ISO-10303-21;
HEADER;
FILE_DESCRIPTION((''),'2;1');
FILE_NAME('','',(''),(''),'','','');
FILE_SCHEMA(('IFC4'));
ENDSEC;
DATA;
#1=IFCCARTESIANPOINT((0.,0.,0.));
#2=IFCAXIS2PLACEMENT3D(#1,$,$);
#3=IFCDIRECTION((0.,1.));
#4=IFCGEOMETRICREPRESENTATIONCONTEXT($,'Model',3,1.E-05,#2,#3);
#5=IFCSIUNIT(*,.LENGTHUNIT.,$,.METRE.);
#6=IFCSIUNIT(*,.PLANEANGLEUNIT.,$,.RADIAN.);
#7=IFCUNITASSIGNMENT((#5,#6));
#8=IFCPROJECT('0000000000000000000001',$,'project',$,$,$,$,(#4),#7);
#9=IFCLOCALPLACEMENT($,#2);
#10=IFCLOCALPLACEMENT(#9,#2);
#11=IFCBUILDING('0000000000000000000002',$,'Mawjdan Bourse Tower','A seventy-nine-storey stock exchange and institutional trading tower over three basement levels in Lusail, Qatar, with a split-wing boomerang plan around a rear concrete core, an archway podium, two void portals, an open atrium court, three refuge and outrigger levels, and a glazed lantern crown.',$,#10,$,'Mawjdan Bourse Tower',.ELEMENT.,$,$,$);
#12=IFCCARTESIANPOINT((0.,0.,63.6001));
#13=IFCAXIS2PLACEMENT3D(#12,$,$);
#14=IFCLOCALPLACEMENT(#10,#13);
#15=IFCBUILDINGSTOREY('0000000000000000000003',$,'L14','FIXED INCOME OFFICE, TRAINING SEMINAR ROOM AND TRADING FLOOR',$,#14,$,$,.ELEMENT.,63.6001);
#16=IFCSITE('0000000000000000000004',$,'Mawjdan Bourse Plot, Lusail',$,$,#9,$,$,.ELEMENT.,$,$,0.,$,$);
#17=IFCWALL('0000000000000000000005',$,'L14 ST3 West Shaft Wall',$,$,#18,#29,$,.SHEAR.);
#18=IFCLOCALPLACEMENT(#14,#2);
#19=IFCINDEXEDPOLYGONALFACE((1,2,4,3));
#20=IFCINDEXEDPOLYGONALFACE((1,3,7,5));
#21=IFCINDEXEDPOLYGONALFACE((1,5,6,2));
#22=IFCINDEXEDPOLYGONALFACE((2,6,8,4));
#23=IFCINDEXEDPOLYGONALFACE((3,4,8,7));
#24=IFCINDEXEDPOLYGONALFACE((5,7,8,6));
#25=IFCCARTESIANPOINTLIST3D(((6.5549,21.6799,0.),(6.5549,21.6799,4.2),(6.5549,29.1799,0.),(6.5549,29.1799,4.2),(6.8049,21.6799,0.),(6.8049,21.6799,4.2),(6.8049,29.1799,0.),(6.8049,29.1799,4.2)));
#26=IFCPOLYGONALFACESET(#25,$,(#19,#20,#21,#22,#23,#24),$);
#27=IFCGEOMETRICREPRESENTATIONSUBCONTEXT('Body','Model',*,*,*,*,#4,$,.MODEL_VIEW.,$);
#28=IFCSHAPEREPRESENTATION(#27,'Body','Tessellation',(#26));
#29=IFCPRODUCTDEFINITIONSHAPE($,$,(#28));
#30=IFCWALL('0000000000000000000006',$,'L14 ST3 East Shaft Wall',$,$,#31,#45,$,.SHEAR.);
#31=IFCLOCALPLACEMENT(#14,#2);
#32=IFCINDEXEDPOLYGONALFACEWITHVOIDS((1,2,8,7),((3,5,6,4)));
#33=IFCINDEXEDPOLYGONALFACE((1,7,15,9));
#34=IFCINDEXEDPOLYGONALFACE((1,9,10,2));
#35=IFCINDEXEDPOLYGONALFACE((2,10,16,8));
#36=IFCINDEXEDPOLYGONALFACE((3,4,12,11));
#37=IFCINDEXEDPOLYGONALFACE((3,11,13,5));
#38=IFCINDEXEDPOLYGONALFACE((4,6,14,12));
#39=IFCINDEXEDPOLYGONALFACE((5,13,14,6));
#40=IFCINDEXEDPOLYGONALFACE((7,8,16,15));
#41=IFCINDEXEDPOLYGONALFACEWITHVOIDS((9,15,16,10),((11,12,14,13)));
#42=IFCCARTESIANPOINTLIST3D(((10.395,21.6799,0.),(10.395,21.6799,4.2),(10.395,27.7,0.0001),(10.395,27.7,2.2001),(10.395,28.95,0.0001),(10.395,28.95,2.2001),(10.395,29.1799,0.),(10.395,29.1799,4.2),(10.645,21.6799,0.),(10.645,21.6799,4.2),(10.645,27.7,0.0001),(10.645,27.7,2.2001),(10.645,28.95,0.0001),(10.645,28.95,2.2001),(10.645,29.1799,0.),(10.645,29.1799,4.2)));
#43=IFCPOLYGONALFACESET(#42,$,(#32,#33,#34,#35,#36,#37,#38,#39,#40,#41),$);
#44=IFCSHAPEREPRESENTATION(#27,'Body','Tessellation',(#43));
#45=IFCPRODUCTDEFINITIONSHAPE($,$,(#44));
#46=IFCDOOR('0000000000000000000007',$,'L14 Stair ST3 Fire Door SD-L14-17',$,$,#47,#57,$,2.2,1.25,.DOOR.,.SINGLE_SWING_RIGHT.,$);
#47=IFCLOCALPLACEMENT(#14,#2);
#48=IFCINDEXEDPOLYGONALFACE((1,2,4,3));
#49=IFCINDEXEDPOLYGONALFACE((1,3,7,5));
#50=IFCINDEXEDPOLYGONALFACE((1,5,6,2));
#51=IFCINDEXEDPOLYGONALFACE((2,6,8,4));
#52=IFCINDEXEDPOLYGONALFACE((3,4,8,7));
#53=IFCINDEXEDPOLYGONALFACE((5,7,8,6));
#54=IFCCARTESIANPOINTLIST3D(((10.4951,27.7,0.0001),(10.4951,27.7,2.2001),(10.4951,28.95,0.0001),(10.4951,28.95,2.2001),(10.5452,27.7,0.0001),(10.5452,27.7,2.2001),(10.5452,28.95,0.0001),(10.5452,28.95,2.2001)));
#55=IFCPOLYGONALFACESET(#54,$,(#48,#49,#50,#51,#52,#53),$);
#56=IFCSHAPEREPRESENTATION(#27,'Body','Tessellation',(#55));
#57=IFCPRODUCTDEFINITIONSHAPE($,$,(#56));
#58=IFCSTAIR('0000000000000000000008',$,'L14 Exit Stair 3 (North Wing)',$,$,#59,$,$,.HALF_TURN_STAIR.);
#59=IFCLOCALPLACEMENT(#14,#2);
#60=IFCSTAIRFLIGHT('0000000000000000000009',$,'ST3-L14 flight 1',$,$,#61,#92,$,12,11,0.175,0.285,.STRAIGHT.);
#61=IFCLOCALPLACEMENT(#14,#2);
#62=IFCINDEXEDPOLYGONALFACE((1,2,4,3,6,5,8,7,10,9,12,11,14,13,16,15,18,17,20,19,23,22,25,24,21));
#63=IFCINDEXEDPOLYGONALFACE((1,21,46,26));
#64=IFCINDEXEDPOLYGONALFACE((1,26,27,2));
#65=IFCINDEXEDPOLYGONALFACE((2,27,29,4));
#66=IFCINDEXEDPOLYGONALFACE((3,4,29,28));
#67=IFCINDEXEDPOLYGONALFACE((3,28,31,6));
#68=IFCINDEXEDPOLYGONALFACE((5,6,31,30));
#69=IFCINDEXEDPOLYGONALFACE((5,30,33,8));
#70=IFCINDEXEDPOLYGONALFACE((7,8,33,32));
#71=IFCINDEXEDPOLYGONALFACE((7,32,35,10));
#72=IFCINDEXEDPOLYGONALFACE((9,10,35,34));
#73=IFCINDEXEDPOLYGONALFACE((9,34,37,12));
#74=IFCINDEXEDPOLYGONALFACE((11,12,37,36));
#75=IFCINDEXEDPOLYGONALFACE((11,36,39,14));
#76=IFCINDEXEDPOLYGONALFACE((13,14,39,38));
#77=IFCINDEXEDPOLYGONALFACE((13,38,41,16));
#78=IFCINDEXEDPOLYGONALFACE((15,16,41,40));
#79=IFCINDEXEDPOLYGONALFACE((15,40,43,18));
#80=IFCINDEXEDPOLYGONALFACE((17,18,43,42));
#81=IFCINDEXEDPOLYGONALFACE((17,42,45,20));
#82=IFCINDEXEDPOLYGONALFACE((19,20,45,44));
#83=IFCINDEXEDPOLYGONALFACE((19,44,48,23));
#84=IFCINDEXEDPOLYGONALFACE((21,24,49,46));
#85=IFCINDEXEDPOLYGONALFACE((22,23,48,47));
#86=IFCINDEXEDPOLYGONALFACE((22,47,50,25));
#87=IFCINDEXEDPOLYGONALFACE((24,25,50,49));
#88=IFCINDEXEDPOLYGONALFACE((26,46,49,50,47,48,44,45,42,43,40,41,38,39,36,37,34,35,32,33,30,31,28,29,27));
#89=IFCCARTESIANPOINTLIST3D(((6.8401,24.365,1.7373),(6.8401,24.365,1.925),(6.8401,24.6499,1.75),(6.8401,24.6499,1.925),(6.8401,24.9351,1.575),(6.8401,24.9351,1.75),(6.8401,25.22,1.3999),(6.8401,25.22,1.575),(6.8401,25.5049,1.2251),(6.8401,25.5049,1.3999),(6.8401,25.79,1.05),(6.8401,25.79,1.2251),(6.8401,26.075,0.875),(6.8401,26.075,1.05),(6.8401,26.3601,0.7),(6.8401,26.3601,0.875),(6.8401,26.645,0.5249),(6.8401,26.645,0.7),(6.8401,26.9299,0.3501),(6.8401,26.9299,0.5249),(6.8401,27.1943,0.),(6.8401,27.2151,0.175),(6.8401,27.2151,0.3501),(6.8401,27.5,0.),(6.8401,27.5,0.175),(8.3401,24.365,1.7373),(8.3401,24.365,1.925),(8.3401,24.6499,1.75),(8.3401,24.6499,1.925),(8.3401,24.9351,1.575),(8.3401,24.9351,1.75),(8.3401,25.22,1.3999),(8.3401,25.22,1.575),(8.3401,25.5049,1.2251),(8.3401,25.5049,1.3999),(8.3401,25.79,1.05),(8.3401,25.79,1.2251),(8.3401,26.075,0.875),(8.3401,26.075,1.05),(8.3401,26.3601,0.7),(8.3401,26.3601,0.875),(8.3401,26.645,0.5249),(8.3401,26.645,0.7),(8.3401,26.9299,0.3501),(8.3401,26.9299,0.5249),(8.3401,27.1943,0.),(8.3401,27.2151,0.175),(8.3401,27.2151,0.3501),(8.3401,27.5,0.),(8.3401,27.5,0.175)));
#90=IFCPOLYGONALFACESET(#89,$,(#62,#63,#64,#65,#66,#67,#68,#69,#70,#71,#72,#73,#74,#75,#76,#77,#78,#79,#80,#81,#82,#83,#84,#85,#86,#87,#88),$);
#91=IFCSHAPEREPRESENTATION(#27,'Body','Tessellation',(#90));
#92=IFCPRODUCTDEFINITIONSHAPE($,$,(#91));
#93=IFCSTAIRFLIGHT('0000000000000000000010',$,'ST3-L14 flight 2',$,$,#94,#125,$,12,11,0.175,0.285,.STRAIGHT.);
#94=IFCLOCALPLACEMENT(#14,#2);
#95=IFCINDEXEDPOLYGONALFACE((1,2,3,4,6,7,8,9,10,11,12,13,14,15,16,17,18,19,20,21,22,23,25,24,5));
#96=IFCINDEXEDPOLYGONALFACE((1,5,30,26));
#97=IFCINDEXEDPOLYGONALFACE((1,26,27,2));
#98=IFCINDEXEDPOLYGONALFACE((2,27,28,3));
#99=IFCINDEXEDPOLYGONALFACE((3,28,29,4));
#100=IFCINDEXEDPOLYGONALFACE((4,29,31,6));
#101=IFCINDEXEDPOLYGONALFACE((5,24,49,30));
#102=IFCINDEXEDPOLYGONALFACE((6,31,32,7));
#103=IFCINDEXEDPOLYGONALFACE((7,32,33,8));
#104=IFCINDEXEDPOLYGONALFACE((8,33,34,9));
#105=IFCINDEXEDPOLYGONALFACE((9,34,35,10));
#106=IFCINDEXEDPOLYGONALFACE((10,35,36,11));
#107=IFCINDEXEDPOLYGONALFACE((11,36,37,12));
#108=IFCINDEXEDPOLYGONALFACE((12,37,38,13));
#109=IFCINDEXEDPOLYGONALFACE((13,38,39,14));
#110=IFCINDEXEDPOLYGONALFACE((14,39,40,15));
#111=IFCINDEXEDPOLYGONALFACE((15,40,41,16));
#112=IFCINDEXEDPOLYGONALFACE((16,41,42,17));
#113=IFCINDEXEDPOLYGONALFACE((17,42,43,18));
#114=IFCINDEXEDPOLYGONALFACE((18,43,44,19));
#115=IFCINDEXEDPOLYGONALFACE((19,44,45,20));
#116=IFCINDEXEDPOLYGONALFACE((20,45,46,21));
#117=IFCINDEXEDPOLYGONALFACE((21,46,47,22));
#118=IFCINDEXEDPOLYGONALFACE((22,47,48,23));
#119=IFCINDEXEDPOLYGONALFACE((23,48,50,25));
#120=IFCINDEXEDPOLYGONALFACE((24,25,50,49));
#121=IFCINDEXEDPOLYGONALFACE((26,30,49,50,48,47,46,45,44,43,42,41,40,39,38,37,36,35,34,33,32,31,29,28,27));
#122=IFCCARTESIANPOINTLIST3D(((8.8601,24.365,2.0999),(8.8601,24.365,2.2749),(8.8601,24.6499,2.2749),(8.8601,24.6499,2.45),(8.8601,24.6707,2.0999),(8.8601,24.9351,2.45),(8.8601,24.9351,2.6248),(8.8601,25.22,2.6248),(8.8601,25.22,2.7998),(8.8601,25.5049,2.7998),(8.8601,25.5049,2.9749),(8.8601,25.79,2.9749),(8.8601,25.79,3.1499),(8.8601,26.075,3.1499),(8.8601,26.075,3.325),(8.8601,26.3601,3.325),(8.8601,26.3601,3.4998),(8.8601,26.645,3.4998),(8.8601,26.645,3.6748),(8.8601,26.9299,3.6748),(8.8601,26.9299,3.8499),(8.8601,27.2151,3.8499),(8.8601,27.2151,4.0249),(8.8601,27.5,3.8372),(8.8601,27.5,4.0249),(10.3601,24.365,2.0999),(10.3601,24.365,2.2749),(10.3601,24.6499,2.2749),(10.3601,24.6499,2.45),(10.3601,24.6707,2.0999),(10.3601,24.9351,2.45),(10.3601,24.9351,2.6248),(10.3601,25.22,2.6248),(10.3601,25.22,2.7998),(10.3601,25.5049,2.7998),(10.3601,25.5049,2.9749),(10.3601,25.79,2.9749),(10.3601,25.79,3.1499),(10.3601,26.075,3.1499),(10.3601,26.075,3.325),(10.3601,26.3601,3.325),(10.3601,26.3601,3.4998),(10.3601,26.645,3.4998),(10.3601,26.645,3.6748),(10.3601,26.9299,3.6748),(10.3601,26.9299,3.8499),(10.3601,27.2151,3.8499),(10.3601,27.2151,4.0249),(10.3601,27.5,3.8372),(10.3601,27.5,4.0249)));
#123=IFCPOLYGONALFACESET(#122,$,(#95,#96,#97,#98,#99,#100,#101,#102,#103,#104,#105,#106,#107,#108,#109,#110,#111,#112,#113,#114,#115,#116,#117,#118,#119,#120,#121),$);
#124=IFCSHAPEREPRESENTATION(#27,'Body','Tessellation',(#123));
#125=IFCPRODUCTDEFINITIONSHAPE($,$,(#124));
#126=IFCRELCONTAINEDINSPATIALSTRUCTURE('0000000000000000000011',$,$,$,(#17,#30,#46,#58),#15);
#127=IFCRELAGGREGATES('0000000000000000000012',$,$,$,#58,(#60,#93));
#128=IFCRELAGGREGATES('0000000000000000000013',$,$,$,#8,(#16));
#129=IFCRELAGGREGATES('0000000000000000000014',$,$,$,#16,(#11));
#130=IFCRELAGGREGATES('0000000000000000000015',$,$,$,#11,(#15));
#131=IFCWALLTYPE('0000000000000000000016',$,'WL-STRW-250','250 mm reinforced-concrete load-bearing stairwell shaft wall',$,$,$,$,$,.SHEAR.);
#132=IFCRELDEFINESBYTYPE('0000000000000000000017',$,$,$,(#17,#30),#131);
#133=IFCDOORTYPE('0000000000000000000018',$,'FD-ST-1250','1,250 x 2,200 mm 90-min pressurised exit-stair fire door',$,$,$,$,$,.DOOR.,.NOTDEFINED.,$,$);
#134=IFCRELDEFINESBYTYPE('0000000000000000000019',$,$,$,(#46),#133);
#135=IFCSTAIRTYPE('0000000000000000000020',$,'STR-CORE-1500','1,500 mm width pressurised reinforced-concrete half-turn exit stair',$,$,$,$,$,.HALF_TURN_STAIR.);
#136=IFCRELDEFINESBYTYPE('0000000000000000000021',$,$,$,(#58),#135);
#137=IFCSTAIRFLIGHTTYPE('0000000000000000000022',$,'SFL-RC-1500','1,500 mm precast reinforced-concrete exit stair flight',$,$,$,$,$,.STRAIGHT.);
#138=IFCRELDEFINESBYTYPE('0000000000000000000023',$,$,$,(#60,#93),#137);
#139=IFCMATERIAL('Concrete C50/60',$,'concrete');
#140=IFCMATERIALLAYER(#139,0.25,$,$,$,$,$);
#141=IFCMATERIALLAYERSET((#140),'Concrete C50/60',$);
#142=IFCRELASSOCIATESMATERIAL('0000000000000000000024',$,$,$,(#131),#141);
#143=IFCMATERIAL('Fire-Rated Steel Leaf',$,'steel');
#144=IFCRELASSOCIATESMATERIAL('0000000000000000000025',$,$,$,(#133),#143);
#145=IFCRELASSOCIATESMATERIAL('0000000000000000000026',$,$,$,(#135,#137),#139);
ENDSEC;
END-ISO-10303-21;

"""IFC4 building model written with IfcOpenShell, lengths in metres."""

from ifc_helpers import new_model, si_unit, direction, frame, frame_2d, origin, place, context, subcontext, project, spatial, polyline, rectangle, outline, extrude, material, layer, layer_set, type_object, element, fill, aggregate, save


model = new_model("IFC4")

# Units and contexts
model_context = context("Model", 3, precision=1e-05, world=origin(), true_north=direction((0.0, 1.0)))
body_context = subcontext(model_context, "Body", "Model", "MODEL_VIEW")
ifc_project = project(units=[si_unit("LENGTHUNIT", "METRE"), si_unit("PLANEANGLEUNIT", "RADIAN")], contexts=[model_context])

# Site, building, storey
site_placement = place(None, origin())
site = spatial("IfcSite", under=ifc_project, at=site_placement, Name="Mawjdan Bourse Plot, Lusail", CompositionType="ELEMENT", RefElevation=0.0)
building_placement = place(site_placement, origin())
building = spatial("IfcBuilding", under=site, at=building_placement, Name="Mawjdan Bourse Tower", Description="A seventy-nine-storey stock exchange and institutional trading tower over three basement levels in Lusail, Qatar, with a split-wing boomerang plan around a rear concrete core, an archway podium, two void portals, an open atrium court, three refuge and outrigger levels, and a glazed lantern crown.", LongName="Mawjdan Bourse Tower", CompositionType="ELEMENT")
storey_placement = place(building_placement, frame((0.0, 0.0, 63.6001)))
storey = spatial("IfcBuildingStorey", under=building, at=storey_placement, Name="L14", Description="FIXED INCOME OFFICE, TRAINING SEMINAR ROOM AND TRADING FLOOR", CompositionType="ELEMENT", Elevation=63.6001)

# Wall
ifc_material_1 = material(Name="Concrete C50/60", Category="concrete")
ifc_layer_1 = layer(ifc_material_1, 0.25)
ifc_layer_set_1 = layer_set([ifc_layer_1], Name="Concrete C50/60")
wall_type_1 = type_object("IfcWallType", Name="WL-STRW-250", Description="250 mm reinforced-concrete load-bearing stairwell shaft wall", PredefinedType="SHEAR", material=ifc_layer_set_1)
wall_1_placement = place(storey_placement, frame((6.6799, 21.6799, 0.0), z_axis=(0.0, 0.0, 1.0), x_axis=(0.0, 1.0, 0.0)))
element("IfcWall", 1, at=wall_1_placement, inside=storey, type_object=wall_type_1, Name="L14 ST3 West Shaft Wall", PredefinedType="SHEAR", context=body_context, shape_type="SweptSolid", body=[
    extrude(rectangle(XDim=7.5, YDim=0.25, at=frame_2d((3.75, 0.0))), origin(), (0.0, 0.0, 1.0), 4.2),
])

# Wall, opening, door
wall_2_placement = place(storey_placement, frame((10.52, 21.6799, 0.0), z_axis=(0.0, 0.0, 1.0), x_axis=(0.0, 1.0, 0.0)))
wall_2 = element("IfcWall", 2, at=wall_2_placement, inside=storey, type_object=wall_type_1, Name="L14 ST3 East Shaft Wall", PredefinedType="SHEAR", context=body_context, shape_type="SweptSolid", body=[
    extrude(rectangle(XDim=7.5, YDim=0.25, at=frame_2d((3.75, 0.0))), origin(), (0.0, 0.0, 1.0), 4.2),
])
opening_placement = place(wall_2_placement, frame((6.02, 0.0, 0.0)))
opening = element("IfcOpeningElement", 3, at=opening_placement, cuts=wall_2, PredefinedType="OPENING", context=body_context, shape_type="SweptSolid", body=[
    extrude(rectangle(XDim=1.25, YDim=2.2, at=frame_2d((0.625, 1.1001))), frame((0.0, 0.135, 0.0), z_axis=(0.0, -1.0, 0.0), x_axis=(1.0, 0.0, 0.0)), (0.0, 0.0, 1.0), 0.27),
])
ifc_material_2 = material(Name="Fire-Rated Steel Leaf", Category="steel")
door_type = type_object("IfcDoorType", Name="FD-ST-1250", Description="1,250 x 2,200 mm 90-min pressurised exit-stair fire door", OperationType="NOTDEFINED", PredefinedType="DOOR", material=ifc_material_2)
door_placement = place(opening_placement, origin())
door = element("IfcDoor", 4, at=door_placement, inside=storey, type_object=door_type, Name="L14 Stair ST3 Fire Door SD-L14-17", OperationType="SINGLE_SWING_RIGHT", OverallHeight=2.2, OverallWidth=1.25, PredefinedType="DOOR", context=body_context, shape_type="SweptSolid", body=[
    extrude(rectangle(XDim=1.25, YDim=2.2, at=frame_2d((0.625, 1.1001))), frame((0.0, 0.0249, 0.0), z_axis=(0.0, -1.0, 0.0), x_axis=(1.0, 0.0, 0.0)), (0.0, 0.0, 1.0), 0.05),
])
fill(opening, door)

# Stair, stair flights
stair_type = type_object("IfcStairType", Name="STR-CORE-1500", Description="1,500 mm width pressurised reinforced-concrete half-turn exit stair", PredefinedType="HALF_TURN_STAIR", material=ifc_material_1)
stair_placement = place(storey_placement, origin())
stair = element("IfcStair", 5, at=stair_placement, inside=storey, type_object=stair_type, Name="L14 Exit Stair 3 (North Wing)", PredefinedType="HALF_TURN_STAIR")
stair_flight_type = type_object("IfcStairFlightType", Name="SFL-RC-1500", Description="1,500 mm precast reinforced-concrete exit stair flight", PredefinedType="STRAIGHT", material=ifc_material_1)
stair_flight_1_placement = place(storey_placement, frame((7.5901, 27.5, 0.0), z_axis=(0.0, 0.0, 1.0), x_axis=(0.0, -1.0, 0.0)))
stair_flight_1 = element("IfcStairFlight", 6, at=stair_flight_1_placement, type_object=stair_flight_type, Name="ST3-L14 flight 1", NumberOfRisers=12, NumberOfTreads=11, PredefinedType="STRAIGHT", RiserHeight=0.175, TreadLength=0.285, context=body_context, shape_type="SweptSolid", body=[
    extrude(outline(polyline([(0.0, 0.0), (0.0, 0.175), (0.2849, 0.175), (0.2849, 0.3501), (0.5701, 0.3501), (0.5701, 0.5249), (0.855, 0.5249), (0.855, 0.7), (1.1399, 0.7), (1.1399, 0.875), (1.425, 0.875), (1.425, 1.05), (1.71, 1.05), (1.71, 1.2251), (1.9951, 1.2251), (1.9951, 1.3999), (2.28, 1.3999), (2.28, 1.575), (2.5649, 1.575), (2.5649, 1.75), (2.8501, 1.75), (2.8501, 1.925), (3.135, 1.925), (3.135, 2.1001), (3.135, 1.7373), (0.3057, 0.0), (0.0, 0.0)])), frame((0.0, 0.75, 0.0), z_axis=(0.0, -1.0, 0.0), x_axis=(1.0, 0.0, 0.0)), (0.0, 0.0, 1.0), 1.5),
])
stair_flight_2_placement = place(storey_placement, frame((9.6101, 24.365, 2.0999), z_axis=(0.0, 0.0, 1.0), x_axis=(0.0, 1.0, 0.0)))
stair_flight_2 = element("IfcStairFlight", 7, at=stair_flight_2_placement, type_object=stair_flight_type, Name="ST3-L14 flight 2", NumberOfRisers=12, NumberOfTreads=11, PredefinedType="STRAIGHT", RiserHeight=0.175, TreadLength=0.285, context=body_context, shape_type="SweptSolid", body=[
    extrude(outline(polyline([(0.0, 0.0), (0.0, 0.175), (0.2849, 0.175), (0.2849, 0.3501), (0.5701, 0.3501), (0.5701, 0.5249), (0.855, 0.5249), (0.855, 0.7), (1.1399, 0.7), (1.1399, 0.875), (1.425, 0.875), (1.425, 1.05), (1.71, 1.05), (1.71, 1.2251), (1.9951, 1.2251), (1.9951, 1.3999), (2.28, 1.3999), (2.28, 1.575), (2.5649, 1.575), (2.5649, 1.75), (2.8501, 1.75), (2.8501, 1.925), (3.135, 1.925), (3.135, 2.1001), (3.135, 1.7373), (0.3057, 0.0), (0.0, 0.0)])), frame((0.0, 0.75, 0.0), z_axis=(0.0, -1.0, 0.0), x_axis=(1.0, 0.0, 0.0)), (0.0, 0.0, 1.0), 1.5),
])
aggregate(stair, [stair_flight_1, stair_flight_2])

save(model, "model.ifc")
